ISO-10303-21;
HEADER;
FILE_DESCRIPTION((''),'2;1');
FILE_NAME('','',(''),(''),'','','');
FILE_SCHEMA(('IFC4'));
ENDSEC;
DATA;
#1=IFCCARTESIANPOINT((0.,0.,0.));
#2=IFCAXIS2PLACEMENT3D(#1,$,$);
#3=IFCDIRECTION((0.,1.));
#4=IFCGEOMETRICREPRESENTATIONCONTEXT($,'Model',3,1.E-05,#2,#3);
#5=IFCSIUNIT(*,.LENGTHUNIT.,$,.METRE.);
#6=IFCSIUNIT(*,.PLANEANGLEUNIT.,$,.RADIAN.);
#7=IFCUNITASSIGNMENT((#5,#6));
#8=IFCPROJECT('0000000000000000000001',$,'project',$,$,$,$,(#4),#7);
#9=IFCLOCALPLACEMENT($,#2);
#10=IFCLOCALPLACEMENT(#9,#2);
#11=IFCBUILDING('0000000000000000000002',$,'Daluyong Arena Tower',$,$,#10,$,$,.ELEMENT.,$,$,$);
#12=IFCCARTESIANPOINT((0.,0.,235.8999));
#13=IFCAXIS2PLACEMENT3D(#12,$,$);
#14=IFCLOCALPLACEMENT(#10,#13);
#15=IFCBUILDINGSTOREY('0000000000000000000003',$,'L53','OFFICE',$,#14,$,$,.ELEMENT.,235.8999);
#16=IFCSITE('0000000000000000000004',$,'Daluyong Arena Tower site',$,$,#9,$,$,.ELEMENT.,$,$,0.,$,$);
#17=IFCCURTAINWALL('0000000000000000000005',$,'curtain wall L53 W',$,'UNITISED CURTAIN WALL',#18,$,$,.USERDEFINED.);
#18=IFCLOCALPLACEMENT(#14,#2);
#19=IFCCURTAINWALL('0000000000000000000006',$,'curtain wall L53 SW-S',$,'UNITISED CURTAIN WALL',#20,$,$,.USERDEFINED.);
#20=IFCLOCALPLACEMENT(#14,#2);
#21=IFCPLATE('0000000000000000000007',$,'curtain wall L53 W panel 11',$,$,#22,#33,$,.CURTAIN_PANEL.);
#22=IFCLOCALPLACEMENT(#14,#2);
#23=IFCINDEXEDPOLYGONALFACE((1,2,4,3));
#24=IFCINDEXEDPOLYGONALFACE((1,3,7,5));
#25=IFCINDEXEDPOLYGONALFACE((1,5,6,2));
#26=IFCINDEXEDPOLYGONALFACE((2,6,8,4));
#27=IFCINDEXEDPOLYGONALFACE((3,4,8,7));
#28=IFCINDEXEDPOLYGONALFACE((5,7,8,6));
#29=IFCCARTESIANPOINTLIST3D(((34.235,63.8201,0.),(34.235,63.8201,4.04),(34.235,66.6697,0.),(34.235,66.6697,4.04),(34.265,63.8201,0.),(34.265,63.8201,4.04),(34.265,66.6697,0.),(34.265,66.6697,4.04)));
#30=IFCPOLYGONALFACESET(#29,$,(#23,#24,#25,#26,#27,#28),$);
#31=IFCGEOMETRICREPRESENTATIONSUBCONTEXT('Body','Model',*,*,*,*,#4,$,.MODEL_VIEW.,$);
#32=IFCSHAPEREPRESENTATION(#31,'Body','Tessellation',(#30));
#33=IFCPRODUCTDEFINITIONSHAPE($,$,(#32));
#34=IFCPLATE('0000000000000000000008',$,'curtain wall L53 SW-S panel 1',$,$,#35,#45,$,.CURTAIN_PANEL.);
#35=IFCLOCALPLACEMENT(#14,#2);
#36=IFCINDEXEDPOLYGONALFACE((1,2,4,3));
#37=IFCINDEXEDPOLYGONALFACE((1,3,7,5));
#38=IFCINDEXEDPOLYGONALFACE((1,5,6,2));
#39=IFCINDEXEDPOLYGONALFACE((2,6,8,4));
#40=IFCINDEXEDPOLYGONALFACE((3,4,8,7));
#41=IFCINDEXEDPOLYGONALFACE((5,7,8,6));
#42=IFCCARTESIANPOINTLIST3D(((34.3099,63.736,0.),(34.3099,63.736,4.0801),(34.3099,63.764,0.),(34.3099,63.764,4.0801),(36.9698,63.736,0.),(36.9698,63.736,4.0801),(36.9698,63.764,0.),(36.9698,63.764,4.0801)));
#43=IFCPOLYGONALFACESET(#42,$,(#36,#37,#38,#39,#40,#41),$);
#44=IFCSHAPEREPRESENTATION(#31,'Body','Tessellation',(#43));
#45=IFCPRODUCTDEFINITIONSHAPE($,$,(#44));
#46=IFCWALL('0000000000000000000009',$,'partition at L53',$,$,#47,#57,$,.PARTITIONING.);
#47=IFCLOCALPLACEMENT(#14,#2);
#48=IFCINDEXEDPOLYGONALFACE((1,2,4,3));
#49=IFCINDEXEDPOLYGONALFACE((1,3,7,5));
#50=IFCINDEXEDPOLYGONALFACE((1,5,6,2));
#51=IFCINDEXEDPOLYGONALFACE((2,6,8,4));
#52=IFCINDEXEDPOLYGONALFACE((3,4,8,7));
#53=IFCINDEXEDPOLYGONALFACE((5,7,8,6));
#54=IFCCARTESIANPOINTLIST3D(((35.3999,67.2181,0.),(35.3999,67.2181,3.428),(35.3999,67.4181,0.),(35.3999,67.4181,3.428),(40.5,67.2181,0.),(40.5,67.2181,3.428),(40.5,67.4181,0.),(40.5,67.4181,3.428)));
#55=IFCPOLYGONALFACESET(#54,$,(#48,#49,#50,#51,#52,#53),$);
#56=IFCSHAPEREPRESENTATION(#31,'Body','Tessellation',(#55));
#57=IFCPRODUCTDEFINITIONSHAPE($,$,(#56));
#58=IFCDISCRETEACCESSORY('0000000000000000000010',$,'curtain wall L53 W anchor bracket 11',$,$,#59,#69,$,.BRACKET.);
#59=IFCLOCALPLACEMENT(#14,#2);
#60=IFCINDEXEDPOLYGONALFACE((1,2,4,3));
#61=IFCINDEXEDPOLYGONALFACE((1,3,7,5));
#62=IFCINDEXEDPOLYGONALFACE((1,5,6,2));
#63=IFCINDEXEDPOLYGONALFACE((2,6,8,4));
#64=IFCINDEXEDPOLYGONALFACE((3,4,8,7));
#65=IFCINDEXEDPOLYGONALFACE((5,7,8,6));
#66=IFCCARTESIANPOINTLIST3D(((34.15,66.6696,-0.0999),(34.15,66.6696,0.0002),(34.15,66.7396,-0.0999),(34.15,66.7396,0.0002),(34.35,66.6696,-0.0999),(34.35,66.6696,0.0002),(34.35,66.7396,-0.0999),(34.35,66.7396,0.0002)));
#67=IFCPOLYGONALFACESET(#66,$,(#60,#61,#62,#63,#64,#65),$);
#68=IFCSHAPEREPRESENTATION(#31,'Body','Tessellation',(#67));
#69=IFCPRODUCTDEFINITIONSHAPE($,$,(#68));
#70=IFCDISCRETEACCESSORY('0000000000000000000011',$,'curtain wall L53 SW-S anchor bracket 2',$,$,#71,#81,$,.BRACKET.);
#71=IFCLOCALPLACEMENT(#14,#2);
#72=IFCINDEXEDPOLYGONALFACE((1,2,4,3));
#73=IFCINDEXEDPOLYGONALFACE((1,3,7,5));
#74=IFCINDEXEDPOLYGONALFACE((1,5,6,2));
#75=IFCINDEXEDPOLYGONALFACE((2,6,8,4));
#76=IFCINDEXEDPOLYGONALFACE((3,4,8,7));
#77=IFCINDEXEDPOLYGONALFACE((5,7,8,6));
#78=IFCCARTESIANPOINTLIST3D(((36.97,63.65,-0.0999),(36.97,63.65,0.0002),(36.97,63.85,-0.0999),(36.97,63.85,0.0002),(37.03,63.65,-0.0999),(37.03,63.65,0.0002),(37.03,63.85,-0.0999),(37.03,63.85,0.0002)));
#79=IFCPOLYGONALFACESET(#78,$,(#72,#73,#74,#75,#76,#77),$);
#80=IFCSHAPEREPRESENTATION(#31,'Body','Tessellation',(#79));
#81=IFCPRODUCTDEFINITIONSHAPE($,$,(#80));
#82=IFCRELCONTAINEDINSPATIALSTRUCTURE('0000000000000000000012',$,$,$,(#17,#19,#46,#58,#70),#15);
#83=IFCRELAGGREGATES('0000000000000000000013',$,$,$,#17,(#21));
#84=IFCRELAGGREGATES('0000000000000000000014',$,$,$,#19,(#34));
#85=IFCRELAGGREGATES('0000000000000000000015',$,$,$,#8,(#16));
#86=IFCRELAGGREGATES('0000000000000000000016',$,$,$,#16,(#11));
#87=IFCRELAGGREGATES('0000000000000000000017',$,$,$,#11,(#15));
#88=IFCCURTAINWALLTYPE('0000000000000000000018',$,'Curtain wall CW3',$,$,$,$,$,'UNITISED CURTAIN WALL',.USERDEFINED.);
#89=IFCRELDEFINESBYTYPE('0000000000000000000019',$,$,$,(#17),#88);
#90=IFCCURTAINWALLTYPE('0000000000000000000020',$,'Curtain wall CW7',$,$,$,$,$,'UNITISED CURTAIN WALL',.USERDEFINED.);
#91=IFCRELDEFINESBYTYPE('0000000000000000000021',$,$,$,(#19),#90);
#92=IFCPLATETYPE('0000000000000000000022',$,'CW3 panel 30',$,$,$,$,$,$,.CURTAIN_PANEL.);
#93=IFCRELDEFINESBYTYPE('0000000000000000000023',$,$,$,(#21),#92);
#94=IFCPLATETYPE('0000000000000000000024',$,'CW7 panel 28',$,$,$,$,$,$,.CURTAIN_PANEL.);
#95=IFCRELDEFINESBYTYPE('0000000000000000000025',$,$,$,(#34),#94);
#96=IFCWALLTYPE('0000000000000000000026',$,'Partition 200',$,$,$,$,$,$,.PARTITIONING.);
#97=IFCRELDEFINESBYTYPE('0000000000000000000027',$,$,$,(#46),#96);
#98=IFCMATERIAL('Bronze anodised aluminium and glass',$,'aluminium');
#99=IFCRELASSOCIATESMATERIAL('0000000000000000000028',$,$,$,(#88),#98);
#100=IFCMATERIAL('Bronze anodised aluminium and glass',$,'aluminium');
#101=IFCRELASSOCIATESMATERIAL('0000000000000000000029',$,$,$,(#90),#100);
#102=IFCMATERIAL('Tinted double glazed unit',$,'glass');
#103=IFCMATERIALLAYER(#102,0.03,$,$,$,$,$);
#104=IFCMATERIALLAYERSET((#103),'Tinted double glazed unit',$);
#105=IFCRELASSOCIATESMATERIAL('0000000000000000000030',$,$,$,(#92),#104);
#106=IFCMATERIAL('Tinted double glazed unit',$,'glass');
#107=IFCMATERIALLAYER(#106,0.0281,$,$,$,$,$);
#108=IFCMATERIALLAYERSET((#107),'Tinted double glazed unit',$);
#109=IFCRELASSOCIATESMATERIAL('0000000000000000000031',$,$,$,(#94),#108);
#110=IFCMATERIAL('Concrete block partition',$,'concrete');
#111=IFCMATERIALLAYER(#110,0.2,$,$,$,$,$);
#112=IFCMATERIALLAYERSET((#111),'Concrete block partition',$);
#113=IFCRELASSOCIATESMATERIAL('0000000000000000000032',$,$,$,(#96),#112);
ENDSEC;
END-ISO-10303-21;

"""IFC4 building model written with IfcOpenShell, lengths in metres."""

from ifc_helpers import new_model, si_unit, direction, frame, frame_2d, origin, origin_2d, place, context, subcontext, project, spatial, rectangle, extrude, material, layer, layer_set, type_object, element, aggregate, save


model = new_model("IFC4")

# Units and contexts
model_context = context("Model", 3, precision=1e-05, world=origin(), true_north=direction((0.0, 1.0)))
body_context = subcontext(model_context, "Body", "Model", "MODEL_VIEW")
ifc_project = project(units=[si_unit("LENGTHUNIT", "METRE"), si_unit("PLANEANGLEUNIT", "RADIAN")], contexts=[model_context])

# Site, building, storey
site_placement = place(None, origin())
site = spatial("IfcSite", under=ifc_project, at=site_placement, Name="Daluyong Arena Tower site", CompositionType="ELEMENT", RefElevation=0.0)
building_placement = place(site_placement, origin())
building = spatial("IfcBuilding", under=site, at=building_placement, Name="Daluyong Arena Tower", CompositionType="ELEMENT")
storey_placement = place(building_placement, frame((0.0, 0.0, 235.8999)))
storey = spatial("IfcBuildingStorey", under=building, at=storey_placement, Name="L53", Description="OFFICE", CompositionType="ELEMENT", Elevation=235.8999)

# Curtain walls
ifc_material_1 = material(Name="Bronze anodised aluminium and glass", Category="aluminium")
curtain_wall_type_1 = type_object("IfcCurtainWallType", Name="Curtain wall CW3", ElementType="UNITISED CURTAIN WALL", PredefinedType="USERDEFINED", material=ifc_material_1)
curtain_wall_1_placement = place(storey_placement, origin())
curtain_wall_1 = element("IfcCurtainWall", 1, at=curtain_wall_1_placement, inside=storey, type_object=curtain_wall_type_1, Name="curtain wall L53 W", ObjectType="UNITISED CURTAIN WALL", PredefinedType="USERDEFINED")
ifc_material_2 = material(Name="Bronze anodised aluminium and glass", Category="aluminium")
curtain_wall_type_2 = type_object("IfcCurtainWallType", Name="Curtain wall CW7", ElementType="UNITISED CURTAIN WALL", PredefinedType="USERDEFINED", material=ifc_material_2)
curtain_wall_2_placement = place(storey_placement, origin())
curtain_wall_2 = element("IfcCurtainWall", 2, at=curtain_wall_2_placement, inside=storey, type_object=curtain_wall_type_2, Name="curtain wall L53 SW-S", ObjectType="UNITISED CURTAIN WALL", PredefinedType="USERDEFINED")

# Plates
ifc_material_3 = material(Name="Tinted double glazed unit", Category="glass")
ifc_layer_1 = layer(ifc_material_3, 0.03)
ifc_layer_set_1 = layer_set([ifc_layer_1], Name="Tinted double glazed unit")
plate_type_1 = type_object("IfcPlateType", Name="CW3 panel 30", PredefinedType="CURTAIN_PANEL", material=ifc_layer_set_1)
plate_1_placement = place(storey_placement, frame((34.25, 65.2449, 0.0), z_axis=(0.0, 0.0, 1.0), x_axis=(0.0, -1.0, 0.0)))
plate_1 = element("IfcPlate", 3, at=plate_1_placement, type_object=plate_type_1, Name="curtain wall L53 W panel 11", PredefinedType="CURTAIN_PANEL", context=body_context, shape_type="SweptSolid", body=[
    extrude(rectangle(XDim=2.8496, YDim=0.03, at=origin_2d()), origin(), (0.0, 0.0, 1.0), 4.04),
])
aggregate(curtain_wall_1, [plate_1])
ifc_material_4 = material(Name="Tinted double glazed unit", Category="glass")
ifc_layer_2 = layer(ifc_material_4, 0.0281)
ifc_layer_set_2 = layer_set([ifc_layer_2], Name="Tinted double glazed unit")
plate_type_2 = type_object("IfcPlateType", Name="CW7 panel 28", PredefinedType="CURTAIN_PANEL", material=ifc_layer_set_2)
plate_2_placement = place(storey_placement, frame((35.6399, 63.75, 0.0), z_axis=(0.0, 0.0, 1.0), x_axis=(1.0, 0.0, 0.0)))
plate_2 = element("IfcPlate", 4, at=plate_2_placement, type_object=plate_type_2, Name="curtain wall L53 SW-S panel 1", PredefinedType="CURTAIN_PANEL", context=body_context, shape_type="SweptSolid", body=[
    extrude(rectangle(XDim=2.6599, YDim=0.0281, at=origin_2d()), origin(), (0.0, 0.0, 1.0), 4.0801),
])
aggregate(curtain_wall_2, [plate_2])

# Wall
ifc_material_5 = material(Name="Concrete block partition", Category="concrete")
ifc_layer_3 = layer(ifc_material_5, 0.2)
ifc_layer_set_3 = layer_set([ifc_layer_3], Name="Concrete block partition")
wall_type = type_object("IfcWallType", Name="Partition 200", PredefinedType="PARTITIONING", material=ifc_layer_set_3)
wall_placement = place(storey_placement, frame((35.3999, 67.3181, 0.0), z_axis=(0.0, 0.0, 1.0), x_axis=(1.0, 0.0, 0.0)))
element("IfcWall", 5, at=wall_placement, inside=storey, type_object=wall_type, Name="partition at L53", PredefinedType="PARTITIONING", context=body_context, shape_type="SweptSolid", body=[
    extrude(rectangle(XDim=5.1001, YDim=0.2, at=frame_2d((2.55, 0.0))), origin(), (0.0, 0.0, 1.0), 3.428),
])

# Discrete accessories
discrete_accessory_1_placement = place(storey_placement, frame((34.25, 66.7046, -0.0999), z_axis=(0.0, 0.0, 1.0), x_axis=(0.0, -1.0, 0.0)))
element("IfcDiscreteAccessory", 6, at=discrete_accessory_1_placement, inside=storey, Name="curtain wall L53 W anchor bracket 11", PredefinedType="BRACKET", context=body_context, shape_type="SweptSolid", body=[
    extrude(rectangle(XDim=0.0701, YDim=0.2, at=origin_2d()), origin(), (0.0, 0.0, 1.0), 0.1001),
])
discrete_accessory_2_placement = place(storey_placement, frame((37.0, 63.75, -0.0999), z_axis=(0.0, 0.0, 1.0), x_axis=(1.0, 0.0, 0.0)))
element("IfcDiscreteAccessory", 7, at=discrete_accessory_2_placement, inside=storey, Name="curtain wall L53 SW-S anchor bracket 2", PredefinedType="BRACKET", context=body_context, shape_type="SweptSolid", body=[
    extrude(rectangle(XDim=0.0601, YDim=0.2, at=origin_2d()), origin(), (0.0, 0.0, 1.0), 0.1001),
])

save(model, "model.ifc")
